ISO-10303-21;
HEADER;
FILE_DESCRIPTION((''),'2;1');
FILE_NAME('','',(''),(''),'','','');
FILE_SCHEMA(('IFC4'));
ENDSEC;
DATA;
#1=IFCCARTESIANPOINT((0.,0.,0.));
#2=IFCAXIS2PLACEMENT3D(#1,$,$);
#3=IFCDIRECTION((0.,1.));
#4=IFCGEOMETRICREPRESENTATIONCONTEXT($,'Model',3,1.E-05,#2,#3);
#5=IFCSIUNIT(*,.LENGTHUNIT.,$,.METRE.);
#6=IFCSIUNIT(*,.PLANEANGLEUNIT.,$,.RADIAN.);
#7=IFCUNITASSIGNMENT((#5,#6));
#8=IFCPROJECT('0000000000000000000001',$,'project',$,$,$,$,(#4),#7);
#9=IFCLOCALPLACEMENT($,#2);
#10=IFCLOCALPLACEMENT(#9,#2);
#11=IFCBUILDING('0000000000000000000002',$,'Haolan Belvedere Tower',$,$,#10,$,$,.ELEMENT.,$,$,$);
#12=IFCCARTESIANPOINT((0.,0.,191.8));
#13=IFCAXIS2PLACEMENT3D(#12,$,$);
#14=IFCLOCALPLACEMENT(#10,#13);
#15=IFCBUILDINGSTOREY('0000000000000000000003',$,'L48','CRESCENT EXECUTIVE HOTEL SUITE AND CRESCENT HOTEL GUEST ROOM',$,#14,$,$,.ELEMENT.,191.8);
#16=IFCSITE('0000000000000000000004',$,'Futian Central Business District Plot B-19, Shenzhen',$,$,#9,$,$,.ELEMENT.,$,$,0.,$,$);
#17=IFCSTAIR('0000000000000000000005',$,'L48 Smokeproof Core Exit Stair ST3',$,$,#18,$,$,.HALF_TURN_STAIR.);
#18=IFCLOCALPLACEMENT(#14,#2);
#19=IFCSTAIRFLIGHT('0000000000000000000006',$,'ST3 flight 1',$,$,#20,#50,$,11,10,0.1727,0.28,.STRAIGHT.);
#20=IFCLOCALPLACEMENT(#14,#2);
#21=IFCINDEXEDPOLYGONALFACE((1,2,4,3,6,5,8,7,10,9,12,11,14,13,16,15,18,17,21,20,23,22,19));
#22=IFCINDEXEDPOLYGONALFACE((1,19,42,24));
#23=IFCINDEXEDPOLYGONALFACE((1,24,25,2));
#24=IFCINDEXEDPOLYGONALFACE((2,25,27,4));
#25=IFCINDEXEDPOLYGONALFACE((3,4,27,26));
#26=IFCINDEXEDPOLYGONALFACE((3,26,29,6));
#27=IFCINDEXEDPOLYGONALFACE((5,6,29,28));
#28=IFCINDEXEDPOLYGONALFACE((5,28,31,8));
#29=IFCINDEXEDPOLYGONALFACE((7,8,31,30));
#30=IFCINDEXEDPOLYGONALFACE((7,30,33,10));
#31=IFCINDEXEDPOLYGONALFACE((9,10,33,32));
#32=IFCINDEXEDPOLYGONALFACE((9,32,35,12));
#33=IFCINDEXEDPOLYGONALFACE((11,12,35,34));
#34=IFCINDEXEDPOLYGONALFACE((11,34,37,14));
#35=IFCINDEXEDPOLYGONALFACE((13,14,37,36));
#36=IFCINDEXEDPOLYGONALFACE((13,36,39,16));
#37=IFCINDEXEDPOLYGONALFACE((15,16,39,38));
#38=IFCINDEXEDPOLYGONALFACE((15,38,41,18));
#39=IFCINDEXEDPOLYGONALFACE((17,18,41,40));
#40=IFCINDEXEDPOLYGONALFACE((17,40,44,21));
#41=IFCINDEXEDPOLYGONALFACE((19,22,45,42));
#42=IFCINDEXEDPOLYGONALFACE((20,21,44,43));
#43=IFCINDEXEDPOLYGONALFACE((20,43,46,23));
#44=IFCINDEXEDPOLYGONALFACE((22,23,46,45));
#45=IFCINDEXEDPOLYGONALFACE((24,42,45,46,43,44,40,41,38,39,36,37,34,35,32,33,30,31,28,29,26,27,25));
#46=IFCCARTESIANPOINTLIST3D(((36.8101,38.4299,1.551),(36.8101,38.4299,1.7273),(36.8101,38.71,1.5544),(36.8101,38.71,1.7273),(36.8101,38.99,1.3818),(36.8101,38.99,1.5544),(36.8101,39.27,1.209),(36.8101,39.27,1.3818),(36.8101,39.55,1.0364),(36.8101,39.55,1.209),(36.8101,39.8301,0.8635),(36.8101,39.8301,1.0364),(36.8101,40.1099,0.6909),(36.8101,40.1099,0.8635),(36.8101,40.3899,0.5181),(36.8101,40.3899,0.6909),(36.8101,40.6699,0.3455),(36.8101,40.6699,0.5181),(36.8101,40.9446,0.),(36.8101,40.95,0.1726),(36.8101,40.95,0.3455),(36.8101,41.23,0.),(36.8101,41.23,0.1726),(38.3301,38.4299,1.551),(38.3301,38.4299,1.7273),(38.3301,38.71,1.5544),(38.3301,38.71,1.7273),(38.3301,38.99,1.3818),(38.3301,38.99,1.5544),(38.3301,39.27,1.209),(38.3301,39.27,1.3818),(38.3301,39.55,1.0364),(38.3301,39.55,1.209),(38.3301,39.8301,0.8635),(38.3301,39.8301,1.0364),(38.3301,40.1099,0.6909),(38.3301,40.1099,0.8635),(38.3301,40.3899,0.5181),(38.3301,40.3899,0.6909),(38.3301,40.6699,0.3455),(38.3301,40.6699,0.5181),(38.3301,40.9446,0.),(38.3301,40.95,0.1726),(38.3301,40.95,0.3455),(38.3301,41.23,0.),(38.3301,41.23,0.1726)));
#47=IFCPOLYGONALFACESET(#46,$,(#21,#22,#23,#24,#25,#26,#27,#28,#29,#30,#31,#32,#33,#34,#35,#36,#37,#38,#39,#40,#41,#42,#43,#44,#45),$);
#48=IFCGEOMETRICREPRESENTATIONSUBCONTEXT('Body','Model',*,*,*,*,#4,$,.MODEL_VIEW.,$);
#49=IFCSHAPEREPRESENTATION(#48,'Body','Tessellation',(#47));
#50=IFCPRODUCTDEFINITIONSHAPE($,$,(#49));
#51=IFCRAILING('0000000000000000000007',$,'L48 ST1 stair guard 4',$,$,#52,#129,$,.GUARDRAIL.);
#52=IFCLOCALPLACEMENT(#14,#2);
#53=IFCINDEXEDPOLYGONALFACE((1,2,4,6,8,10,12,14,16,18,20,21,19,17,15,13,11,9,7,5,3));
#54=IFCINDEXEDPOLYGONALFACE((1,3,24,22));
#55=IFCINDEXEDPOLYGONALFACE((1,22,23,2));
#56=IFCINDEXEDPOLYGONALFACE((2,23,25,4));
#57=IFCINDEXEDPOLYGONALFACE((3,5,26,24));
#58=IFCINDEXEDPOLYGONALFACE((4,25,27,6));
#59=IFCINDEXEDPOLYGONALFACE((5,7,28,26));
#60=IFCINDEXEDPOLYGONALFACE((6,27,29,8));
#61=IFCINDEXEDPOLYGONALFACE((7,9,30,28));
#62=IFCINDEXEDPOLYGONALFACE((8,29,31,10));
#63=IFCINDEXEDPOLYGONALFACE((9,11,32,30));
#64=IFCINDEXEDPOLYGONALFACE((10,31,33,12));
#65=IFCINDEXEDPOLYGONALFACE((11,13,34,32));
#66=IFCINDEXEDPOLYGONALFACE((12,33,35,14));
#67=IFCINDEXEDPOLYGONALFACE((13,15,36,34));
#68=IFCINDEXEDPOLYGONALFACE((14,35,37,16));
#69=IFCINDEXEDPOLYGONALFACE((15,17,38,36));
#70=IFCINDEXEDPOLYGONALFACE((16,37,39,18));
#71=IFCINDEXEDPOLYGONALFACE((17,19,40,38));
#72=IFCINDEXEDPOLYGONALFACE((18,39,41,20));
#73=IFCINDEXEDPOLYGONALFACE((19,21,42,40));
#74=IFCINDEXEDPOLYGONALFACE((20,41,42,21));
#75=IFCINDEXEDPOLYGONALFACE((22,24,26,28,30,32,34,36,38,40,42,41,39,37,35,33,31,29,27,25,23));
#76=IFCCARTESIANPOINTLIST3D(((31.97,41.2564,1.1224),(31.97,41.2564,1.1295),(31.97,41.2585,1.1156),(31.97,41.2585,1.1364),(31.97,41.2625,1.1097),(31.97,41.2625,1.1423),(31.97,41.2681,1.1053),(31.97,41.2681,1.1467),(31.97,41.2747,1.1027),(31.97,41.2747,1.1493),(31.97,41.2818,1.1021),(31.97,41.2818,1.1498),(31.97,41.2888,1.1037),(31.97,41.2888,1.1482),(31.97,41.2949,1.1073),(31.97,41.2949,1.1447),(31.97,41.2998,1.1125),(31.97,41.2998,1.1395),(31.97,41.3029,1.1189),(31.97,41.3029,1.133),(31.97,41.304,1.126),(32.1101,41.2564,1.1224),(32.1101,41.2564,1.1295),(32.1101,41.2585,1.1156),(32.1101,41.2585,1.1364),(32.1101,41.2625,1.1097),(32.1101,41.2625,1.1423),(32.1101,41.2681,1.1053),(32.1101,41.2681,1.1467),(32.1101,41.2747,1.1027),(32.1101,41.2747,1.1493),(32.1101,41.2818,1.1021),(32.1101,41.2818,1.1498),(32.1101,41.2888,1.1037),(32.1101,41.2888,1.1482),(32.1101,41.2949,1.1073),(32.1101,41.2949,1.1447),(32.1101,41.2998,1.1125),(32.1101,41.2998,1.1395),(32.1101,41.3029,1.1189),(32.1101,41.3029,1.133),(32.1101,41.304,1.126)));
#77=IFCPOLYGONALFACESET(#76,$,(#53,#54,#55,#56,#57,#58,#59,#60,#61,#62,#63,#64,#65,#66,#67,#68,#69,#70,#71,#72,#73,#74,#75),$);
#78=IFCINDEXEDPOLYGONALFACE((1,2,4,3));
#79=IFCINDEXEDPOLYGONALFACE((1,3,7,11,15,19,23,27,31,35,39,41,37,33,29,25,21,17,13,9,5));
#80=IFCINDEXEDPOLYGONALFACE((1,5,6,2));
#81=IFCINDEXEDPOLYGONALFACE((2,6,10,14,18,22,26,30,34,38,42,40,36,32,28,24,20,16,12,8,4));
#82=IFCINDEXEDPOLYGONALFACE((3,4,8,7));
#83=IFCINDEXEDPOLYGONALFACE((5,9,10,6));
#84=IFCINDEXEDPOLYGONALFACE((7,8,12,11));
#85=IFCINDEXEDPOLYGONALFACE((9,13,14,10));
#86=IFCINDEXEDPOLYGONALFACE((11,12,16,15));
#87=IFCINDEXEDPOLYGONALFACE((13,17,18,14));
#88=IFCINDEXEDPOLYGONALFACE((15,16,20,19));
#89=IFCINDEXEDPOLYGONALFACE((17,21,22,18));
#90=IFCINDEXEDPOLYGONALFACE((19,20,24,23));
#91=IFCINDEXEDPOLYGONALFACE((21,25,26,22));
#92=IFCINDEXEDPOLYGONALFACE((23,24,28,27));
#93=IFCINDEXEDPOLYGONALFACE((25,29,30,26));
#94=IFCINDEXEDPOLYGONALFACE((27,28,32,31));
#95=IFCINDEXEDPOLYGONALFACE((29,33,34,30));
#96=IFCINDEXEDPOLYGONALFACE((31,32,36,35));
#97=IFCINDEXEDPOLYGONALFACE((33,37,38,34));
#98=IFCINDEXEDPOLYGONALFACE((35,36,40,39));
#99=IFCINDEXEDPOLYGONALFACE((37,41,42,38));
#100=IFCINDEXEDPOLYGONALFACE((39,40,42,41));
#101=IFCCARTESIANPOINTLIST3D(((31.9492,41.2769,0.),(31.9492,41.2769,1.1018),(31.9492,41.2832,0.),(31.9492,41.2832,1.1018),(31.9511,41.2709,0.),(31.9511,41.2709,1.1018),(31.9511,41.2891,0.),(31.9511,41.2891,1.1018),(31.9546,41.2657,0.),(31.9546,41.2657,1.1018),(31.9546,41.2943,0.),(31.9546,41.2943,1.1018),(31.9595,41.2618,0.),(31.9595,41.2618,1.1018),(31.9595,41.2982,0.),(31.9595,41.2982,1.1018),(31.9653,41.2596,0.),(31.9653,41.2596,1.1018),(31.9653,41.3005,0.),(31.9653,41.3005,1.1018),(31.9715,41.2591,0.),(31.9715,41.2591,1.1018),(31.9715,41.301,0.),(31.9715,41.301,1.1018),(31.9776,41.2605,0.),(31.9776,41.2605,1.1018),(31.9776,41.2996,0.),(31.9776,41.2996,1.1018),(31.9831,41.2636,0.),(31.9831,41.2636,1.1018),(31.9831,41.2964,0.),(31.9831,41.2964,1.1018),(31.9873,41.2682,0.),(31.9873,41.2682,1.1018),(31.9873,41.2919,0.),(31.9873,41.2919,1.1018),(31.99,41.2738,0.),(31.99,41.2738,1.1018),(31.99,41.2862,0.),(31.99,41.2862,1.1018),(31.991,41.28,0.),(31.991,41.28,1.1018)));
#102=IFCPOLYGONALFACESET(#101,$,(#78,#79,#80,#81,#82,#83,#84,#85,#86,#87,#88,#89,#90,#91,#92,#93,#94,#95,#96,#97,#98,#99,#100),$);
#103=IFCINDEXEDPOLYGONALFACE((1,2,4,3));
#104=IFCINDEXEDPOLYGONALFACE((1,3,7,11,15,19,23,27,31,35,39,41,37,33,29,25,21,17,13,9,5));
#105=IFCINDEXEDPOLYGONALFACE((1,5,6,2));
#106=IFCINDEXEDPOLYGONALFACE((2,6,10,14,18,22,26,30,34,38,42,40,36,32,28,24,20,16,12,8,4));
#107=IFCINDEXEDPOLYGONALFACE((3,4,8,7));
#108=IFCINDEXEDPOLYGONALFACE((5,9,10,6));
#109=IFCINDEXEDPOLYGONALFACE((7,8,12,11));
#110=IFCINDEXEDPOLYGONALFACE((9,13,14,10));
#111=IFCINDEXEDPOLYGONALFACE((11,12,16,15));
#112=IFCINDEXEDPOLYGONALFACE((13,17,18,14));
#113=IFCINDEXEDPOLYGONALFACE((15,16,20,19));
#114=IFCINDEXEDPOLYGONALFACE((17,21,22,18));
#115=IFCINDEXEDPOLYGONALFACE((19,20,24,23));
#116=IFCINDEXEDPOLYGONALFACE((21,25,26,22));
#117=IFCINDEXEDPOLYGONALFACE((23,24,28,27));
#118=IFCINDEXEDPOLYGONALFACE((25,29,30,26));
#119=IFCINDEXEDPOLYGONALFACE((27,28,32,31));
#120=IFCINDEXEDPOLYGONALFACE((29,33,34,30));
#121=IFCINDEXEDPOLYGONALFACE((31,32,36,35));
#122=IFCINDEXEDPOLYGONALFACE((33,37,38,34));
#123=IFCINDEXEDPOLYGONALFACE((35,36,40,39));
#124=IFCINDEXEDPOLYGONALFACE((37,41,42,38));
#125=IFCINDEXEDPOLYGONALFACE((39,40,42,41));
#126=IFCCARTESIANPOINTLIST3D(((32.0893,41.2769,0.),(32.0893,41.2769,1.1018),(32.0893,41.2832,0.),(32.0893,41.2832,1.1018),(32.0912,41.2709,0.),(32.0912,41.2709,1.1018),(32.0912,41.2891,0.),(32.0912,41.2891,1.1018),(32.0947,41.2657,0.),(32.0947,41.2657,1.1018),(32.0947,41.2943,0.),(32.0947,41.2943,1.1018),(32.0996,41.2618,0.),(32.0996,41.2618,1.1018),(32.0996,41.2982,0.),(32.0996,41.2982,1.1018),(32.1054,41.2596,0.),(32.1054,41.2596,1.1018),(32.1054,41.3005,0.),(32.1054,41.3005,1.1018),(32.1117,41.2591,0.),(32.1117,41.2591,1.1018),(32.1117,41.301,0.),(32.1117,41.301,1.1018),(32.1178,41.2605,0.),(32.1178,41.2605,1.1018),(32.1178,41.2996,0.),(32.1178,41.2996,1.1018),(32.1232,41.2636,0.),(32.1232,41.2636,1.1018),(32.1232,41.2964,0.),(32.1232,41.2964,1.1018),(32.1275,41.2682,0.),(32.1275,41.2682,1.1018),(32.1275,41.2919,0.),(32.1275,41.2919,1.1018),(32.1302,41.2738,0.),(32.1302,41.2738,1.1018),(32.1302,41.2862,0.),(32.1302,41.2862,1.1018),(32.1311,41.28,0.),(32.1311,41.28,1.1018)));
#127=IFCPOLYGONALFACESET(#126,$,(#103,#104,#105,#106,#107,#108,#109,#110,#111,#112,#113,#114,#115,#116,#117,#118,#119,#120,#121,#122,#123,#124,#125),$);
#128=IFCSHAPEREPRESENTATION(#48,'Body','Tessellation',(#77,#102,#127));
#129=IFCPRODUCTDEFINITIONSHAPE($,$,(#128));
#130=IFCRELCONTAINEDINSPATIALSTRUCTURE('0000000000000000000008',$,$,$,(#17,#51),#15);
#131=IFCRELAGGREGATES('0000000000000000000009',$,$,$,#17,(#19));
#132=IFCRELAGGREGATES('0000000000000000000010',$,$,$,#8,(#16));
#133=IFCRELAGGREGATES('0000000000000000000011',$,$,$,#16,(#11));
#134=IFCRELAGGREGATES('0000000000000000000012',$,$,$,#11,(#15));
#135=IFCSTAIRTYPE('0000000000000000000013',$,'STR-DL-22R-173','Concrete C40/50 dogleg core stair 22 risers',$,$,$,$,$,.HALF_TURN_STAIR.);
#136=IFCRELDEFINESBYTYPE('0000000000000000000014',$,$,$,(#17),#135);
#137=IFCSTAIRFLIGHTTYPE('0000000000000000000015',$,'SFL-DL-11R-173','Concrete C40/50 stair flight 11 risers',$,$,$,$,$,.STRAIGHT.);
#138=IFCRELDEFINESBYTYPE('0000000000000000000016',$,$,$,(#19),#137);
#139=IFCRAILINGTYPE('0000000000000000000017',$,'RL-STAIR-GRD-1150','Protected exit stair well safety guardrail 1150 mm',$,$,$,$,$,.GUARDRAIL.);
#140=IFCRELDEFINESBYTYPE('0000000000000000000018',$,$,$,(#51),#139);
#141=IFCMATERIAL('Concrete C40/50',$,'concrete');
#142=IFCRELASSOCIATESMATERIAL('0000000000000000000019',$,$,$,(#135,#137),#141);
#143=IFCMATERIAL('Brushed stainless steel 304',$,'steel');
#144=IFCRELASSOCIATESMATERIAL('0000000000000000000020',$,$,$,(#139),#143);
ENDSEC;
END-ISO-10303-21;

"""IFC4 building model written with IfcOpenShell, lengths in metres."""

from ifc_helpers import new_model, si_unit, direction, frame, origin, origin_2d, place, context, subcontext, project, spatial, polyline, circle, outline, extrude, material, type_object, element, aggregate, save


model = new_model("IFC4")

# Units and contexts
model_context = context("Model", 3, precision=1e-05, world=origin(), true_north=direction((0.0, 1.0)))
body_context = subcontext(model_context, "Body", "Model", "MODEL_VIEW")
ifc_project = project(units=[si_unit("LENGTHUNIT", "METRE"), si_unit("PLANEANGLEUNIT", "RADIAN")], contexts=[model_context])

# Site, building, storey
site_placement = place(None, origin())
site = spatial("IfcSite", under=ifc_project, at=site_placement, Name="Futian Central Business District Plot B-19, Shenzhen", CompositionType="ELEMENT", RefElevation=0.0)
building_placement = place(site_placement, origin())
building = spatial("IfcBuilding", under=site, at=building_placement, Name="Haolan Belvedere Tower", CompositionType="ELEMENT")
storey_placement = place(building_placement, frame((0.0, 0.0, 191.8)))
storey = spatial("IfcBuildingStorey", under=building, at=storey_placement, Name="L48", Description="CRESCENT EXECUTIVE HOTEL SUITE AND CRESCENT HOTEL GUEST ROOM", CompositionType="ELEMENT", Elevation=191.8)

# Shared definitions
ifc_material_1 = material(Name="Concrete C40/50", Category="concrete")

# Stair, stair flight
stair_type = type_object("IfcStairType", Name="STR-DL-22R-173", Description="Concrete C40/50 dogleg core stair 22 risers", PredefinedType="HALF_TURN_STAIR", material=ifc_material_1)
stair_placement = place(storey_placement, origin())
stair = element("IfcStair", 1, at=stair_placement, inside=storey, type_object=stair_type, Name="L48 Smokeproof Core Exit Stair ST3", PredefinedType="HALF_TURN_STAIR")
stair_flight_type = type_object("IfcStairFlightType", Name="SFL-DL-11R-173", Description="Concrete C40/50 stair flight 11 risers", PredefinedType="STRAIGHT", material=ifc_material_1)
stair_flight_placement = place(storey_placement, frame((37.5701, 41.23, 0.0), z_axis=(0.0, 0.0, 1.0), x_axis=(0.0, -1.0, 0.0)))
stair_flight = element("IfcStairFlight", 2, at=stair_flight_placement, type_object=stair_flight_type, Name="ST3 flight 1", NumberOfRisers=11, NumberOfTreads=10, PredefinedType="STRAIGHT", RiserHeight=0.1727, TreadLength=0.28, context=body_context, shape_type="SweptSolid", body=[
    extrude(outline(polyline([(0.0, 0.0), (0.0, 0.1726), (0.28, 0.1726), (0.28, 0.3455), (0.5601, 0.3455), (0.5601, 0.5181), (0.8401, 0.5181), (0.8401, 0.6909), (1.1201, 0.6909), (1.1201, 0.8635), (1.3999, 0.8635), (1.3999, 1.0364), (1.6799, 1.0364), (1.6799, 1.209), (1.96, 1.209), (1.96, 1.3818), (2.24, 1.3818), (2.24, 1.5544), (2.52, 1.5544), (2.52, 1.7273), (2.8, 1.7273), (2.8, 1.8999), (2.8, 1.551), (0.2854, 0.0), (0.0, 0.0)])), frame((0.0, 0.76, 0.0), z_axis=(0.0, -1.0, 0.0), x_axis=(1.0, 0.0, 0.0)), (0.0, 0.0, 1.0), 1.52),
])
aggregate(stair, [stair_flight])

# Railing
ifc_material_2 = material(Name="Brushed stainless steel 304", Category="steel")
railing_type = type_object("IfcRailingType", Name="RL-STAIR-GRD-1150", Description="Protected exit stair well safety guardrail 1150 mm", PredefinedType="GUARDRAIL", material=ifc_material_2)
railing_1_placement = place(storey_placement, frame((31.97, 41.28, 0.0)))
element("IfcRailing", 3, at=railing_1_placement, inside=storey, type_object=railing_type, Name="L48 ST1 stair guard 4", PredefinedType="GUARDRAIL", context=body_context, shape_type="SweptSolid", body=[
    extrude(circle(Radius=0.0239, at=origin_2d()), frame((0.0, 0.0, 1.126), z_axis=(1.0, 0.0, 0.0), x_axis=(0.0, 1.0, 0.0)), (0.0, 0.0, 1.0), 0.1401),
    extrude(circle(Radius=0.021, at=origin_2d()), origin(), (0.0, 0.0, 1.0), 1.1018),
    extrude(circle(Radius=0.021, at=origin_2d()), frame((0.1401, 0.0, 0.0)), (0.0, 0.0, 1.0), 1.1018),
])

save(model, "model.ifc")
